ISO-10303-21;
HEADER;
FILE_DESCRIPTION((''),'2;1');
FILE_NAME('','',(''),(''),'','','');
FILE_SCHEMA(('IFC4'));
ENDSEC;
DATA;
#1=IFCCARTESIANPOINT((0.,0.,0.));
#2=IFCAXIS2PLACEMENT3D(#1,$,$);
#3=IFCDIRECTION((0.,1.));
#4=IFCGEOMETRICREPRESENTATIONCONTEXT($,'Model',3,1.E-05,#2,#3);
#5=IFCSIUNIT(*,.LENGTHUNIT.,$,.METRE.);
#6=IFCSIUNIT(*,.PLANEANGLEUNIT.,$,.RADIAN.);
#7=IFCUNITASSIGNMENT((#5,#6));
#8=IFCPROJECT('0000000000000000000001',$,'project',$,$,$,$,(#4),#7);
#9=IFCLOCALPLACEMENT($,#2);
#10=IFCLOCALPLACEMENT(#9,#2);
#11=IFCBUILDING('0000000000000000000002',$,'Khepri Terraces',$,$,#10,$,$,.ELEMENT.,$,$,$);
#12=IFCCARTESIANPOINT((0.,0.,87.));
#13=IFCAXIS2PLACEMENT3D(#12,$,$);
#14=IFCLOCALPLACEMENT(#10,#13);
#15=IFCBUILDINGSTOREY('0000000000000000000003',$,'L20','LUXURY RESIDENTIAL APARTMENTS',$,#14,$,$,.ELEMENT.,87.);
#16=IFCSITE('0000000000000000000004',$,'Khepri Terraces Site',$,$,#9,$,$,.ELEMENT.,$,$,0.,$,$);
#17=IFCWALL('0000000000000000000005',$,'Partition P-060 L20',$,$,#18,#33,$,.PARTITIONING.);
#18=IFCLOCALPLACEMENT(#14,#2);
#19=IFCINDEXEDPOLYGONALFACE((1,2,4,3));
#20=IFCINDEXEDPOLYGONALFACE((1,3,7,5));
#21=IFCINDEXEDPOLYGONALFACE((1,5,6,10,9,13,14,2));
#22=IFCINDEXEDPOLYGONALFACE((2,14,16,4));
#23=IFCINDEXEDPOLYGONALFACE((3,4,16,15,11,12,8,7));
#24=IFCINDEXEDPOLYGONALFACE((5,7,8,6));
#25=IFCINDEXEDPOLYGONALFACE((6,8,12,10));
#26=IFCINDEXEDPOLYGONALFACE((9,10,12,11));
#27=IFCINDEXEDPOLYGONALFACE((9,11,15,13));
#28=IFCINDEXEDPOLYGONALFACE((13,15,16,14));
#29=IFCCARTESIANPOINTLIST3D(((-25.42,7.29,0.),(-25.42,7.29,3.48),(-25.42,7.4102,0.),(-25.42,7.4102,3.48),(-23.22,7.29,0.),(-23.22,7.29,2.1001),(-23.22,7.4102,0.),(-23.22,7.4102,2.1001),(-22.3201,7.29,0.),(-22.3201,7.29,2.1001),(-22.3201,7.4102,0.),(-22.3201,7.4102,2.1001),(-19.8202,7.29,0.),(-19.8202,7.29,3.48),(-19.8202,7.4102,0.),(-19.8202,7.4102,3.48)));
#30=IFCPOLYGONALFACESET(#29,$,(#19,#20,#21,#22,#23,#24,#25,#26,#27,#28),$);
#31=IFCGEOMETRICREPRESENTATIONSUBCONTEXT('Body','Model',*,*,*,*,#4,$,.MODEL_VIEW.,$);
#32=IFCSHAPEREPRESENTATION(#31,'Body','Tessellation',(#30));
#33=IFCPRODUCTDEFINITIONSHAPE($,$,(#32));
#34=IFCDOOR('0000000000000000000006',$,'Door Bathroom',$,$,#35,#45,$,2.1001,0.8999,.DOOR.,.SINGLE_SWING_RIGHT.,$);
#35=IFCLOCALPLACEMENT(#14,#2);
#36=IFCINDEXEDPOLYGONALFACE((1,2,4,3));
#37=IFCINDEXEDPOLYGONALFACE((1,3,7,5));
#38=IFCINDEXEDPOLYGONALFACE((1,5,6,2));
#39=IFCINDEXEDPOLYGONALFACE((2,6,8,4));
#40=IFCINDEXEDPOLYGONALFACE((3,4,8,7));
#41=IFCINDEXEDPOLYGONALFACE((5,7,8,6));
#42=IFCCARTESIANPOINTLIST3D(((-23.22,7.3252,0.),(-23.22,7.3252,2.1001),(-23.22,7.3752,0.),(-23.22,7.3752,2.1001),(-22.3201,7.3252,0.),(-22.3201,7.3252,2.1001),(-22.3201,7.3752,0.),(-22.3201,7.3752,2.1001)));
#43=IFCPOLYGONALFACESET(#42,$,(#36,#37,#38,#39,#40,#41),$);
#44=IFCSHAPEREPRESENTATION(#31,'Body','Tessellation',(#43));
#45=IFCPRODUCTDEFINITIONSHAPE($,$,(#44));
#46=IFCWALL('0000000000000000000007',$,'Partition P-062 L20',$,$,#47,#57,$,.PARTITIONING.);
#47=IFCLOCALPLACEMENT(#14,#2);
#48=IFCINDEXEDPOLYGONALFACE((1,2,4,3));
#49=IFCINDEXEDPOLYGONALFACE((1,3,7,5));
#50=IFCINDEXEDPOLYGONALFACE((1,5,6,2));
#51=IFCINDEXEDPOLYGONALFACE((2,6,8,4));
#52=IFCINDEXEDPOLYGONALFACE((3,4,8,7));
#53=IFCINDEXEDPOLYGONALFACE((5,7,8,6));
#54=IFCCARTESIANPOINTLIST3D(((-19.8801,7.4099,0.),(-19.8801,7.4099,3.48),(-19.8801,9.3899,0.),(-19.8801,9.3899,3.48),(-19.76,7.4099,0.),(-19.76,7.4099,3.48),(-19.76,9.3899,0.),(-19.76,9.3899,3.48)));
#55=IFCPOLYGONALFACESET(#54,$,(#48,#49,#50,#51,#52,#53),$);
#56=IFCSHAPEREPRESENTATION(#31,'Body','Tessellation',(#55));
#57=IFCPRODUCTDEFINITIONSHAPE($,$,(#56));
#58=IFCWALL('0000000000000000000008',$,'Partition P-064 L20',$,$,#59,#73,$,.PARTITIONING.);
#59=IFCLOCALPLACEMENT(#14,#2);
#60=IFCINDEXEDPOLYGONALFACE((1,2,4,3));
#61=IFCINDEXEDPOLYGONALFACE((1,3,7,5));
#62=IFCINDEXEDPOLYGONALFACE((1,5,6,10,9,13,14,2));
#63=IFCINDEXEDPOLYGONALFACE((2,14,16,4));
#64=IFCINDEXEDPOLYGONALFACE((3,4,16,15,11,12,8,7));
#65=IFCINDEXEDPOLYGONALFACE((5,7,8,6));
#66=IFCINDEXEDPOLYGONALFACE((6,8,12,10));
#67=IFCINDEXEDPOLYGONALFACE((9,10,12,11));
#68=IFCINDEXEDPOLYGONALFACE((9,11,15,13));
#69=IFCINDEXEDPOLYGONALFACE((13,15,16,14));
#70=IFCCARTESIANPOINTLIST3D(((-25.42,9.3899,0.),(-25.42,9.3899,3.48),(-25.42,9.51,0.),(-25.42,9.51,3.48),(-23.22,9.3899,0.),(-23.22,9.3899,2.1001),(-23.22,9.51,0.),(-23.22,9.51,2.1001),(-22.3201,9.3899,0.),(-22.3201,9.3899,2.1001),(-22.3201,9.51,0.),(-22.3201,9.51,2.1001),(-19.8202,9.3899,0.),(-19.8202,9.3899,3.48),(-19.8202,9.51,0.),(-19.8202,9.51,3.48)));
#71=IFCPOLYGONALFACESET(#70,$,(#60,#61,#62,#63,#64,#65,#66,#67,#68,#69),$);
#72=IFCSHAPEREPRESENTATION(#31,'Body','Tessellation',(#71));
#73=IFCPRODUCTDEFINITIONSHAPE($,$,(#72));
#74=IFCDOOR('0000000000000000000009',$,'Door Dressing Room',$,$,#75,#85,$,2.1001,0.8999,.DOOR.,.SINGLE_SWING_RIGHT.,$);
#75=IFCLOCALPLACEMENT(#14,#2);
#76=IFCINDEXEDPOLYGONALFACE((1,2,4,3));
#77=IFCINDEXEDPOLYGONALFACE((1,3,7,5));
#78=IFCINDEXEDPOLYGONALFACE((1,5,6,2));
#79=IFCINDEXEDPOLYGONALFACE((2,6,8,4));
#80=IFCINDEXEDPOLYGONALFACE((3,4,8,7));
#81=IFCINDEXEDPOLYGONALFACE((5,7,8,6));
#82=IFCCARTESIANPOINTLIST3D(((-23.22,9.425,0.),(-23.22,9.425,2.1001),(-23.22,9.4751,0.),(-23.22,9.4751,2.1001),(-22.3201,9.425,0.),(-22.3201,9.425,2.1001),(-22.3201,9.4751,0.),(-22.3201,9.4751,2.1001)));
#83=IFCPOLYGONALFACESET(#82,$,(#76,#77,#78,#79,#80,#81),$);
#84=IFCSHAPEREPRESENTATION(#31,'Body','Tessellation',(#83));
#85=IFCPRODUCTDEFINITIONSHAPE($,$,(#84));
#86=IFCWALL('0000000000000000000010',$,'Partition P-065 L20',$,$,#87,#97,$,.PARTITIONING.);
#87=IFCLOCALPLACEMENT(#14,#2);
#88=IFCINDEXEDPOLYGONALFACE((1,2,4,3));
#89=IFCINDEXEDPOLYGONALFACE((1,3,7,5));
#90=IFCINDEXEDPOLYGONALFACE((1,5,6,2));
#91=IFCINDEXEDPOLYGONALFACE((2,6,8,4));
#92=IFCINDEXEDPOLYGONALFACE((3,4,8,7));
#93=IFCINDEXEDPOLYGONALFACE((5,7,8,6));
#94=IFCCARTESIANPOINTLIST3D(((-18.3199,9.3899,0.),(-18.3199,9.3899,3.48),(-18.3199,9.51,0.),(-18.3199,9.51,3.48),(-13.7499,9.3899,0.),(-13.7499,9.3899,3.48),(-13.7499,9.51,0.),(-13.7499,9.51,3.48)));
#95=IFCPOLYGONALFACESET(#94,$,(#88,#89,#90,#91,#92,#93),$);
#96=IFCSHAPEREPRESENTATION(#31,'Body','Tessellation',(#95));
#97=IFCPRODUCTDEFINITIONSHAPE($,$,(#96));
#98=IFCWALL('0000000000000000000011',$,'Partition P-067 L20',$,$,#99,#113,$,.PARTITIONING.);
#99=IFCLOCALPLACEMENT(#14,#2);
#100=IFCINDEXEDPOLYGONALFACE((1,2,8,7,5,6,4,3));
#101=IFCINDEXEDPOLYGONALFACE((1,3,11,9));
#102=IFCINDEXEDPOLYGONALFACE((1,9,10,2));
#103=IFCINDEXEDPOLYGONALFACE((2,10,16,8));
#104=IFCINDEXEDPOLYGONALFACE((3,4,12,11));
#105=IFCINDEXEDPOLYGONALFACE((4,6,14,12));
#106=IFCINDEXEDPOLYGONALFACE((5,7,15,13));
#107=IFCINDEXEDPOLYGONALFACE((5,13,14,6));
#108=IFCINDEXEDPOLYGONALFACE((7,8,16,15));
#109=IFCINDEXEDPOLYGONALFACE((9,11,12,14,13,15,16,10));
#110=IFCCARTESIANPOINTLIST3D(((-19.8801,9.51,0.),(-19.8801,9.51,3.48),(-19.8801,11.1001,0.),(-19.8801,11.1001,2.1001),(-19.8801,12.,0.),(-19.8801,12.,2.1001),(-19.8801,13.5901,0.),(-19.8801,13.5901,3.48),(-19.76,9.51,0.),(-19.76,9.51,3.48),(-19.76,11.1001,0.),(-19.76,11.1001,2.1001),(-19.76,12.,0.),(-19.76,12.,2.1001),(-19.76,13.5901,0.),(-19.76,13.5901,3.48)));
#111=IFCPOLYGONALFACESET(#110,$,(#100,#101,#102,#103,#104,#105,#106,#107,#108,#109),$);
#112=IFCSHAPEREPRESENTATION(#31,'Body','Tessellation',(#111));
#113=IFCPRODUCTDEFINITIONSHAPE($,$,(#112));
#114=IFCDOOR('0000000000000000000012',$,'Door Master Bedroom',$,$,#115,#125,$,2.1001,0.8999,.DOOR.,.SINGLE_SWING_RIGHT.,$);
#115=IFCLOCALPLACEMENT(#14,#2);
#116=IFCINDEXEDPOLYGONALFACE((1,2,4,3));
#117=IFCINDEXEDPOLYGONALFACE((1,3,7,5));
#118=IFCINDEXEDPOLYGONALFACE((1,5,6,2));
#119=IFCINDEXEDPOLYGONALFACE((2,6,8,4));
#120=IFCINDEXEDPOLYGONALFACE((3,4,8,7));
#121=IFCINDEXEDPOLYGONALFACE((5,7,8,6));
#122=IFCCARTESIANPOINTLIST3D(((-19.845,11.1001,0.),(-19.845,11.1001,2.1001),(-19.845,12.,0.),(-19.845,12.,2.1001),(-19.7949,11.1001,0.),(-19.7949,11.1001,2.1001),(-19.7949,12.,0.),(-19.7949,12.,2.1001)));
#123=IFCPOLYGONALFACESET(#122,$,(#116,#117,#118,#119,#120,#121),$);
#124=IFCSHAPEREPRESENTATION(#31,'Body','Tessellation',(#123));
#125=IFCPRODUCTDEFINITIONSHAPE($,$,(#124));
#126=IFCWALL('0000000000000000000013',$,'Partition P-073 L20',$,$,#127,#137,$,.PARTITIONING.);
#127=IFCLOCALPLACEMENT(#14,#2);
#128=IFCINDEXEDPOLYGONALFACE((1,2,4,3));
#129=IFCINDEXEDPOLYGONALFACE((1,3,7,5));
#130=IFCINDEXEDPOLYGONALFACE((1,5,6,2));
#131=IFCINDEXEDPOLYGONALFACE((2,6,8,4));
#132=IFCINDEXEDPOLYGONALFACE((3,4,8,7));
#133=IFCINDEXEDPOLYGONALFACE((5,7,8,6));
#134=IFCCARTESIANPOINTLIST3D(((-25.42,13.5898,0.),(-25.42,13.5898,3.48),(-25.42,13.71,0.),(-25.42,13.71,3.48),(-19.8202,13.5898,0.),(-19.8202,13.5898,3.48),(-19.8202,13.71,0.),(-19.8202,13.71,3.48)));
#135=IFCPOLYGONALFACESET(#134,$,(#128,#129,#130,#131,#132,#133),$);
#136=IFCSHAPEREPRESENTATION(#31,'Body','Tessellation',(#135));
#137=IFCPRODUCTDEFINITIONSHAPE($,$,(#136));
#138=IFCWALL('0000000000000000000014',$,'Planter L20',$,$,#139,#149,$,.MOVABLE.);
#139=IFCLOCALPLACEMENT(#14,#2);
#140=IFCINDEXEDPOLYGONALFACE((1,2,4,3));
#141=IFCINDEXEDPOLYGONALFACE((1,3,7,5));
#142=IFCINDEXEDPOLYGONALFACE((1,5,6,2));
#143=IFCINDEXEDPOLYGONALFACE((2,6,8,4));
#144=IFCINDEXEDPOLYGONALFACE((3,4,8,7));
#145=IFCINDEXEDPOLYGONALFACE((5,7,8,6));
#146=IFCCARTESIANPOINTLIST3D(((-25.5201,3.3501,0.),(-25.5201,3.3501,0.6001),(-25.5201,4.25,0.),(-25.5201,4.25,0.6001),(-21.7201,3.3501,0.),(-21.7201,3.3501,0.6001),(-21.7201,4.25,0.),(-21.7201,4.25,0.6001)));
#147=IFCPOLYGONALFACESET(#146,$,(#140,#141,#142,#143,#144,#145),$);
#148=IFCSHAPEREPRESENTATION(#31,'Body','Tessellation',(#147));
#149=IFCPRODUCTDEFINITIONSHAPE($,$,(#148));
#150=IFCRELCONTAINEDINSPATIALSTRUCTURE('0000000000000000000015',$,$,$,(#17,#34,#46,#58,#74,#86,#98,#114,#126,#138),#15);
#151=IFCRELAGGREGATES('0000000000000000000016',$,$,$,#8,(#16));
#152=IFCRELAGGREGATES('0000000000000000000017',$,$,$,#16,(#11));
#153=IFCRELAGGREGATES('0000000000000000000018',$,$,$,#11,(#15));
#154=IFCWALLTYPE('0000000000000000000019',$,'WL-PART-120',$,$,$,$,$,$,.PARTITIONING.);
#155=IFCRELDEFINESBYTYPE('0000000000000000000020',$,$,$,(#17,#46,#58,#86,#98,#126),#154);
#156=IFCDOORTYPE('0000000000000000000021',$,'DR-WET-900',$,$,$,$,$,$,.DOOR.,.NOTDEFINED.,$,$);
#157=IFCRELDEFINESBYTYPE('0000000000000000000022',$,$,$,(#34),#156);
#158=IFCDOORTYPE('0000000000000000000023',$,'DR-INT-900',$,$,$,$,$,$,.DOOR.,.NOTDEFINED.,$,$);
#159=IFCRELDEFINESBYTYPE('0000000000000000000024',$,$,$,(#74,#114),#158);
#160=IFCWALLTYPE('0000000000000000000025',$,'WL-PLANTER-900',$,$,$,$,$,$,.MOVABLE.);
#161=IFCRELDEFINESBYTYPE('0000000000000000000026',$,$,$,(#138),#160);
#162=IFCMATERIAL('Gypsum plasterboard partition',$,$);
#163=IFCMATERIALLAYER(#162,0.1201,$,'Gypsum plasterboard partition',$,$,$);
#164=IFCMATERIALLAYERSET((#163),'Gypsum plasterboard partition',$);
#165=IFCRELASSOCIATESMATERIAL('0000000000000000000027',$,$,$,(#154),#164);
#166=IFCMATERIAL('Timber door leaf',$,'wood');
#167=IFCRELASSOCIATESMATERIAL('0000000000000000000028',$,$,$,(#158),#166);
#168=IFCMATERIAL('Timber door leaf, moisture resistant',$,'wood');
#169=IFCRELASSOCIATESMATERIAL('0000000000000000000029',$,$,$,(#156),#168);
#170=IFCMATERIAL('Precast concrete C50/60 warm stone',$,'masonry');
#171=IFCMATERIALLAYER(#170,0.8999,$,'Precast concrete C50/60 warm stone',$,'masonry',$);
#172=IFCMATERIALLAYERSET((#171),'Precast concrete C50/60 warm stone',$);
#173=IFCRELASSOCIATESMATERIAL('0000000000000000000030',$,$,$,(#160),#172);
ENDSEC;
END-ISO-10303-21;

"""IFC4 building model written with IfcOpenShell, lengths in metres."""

from ifc_helpers import new_model, si_unit, direction, frame, frame_2d, origin, place, context, subcontext, project, spatial, rectangle, extrude, material, layer, layer_set, type_object, element, fill, save


model = new_model("IFC4")

# Units and contexts
model_context = context("Model", 3, precision=1e-05, world=origin(), true_north=direction((0.0, 1.0)))
body_context = subcontext(model_context, "Body", "Model", "MODEL_VIEW")
ifc_project = project(units=[si_unit("LENGTHUNIT", "METRE"), si_unit("PLANEANGLEUNIT", "RADIAN")], contexts=[model_context])

# Site, building, storey
site_placement = place(None, origin())
site = spatial("IfcSite", under=ifc_project, at=site_placement, Name="Khepri Terraces Site", CompositionType="ELEMENT", RefElevation=0.0)
building_placement = place(site_placement, origin())
building = spatial("IfcBuilding", under=site, at=building_placement, Name="Khepri Terraces", CompositionType="ELEMENT")
storey_placement = place(building_placement, frame((0.0, 0.0, 87.0)))
storey = spatial("IfcBuildingStorey", under=building, at=storey_placement, Name="L20", Description="LUXURY RESIDENTIAL APARTMENTS", CompositionType="ELEMENT", Elevation=87.0)

# Shared definitions
ifc_material_1 = material(Name="Precast concrete C50/60 warm stone", Category="masonry")

# Shared definitions
ifc_material_2 = material(Name="Gypsum plasterboard partition")
ifc_layer_1 = layer(ifc_material_2, 0.1201, Name="Gypsum plasterboard partition")
ifc_layer_set_1 = layer_set([ifc_layer_1], Name="Gypsum plasterboard partition")
wall_type_1 = type_object("IfcWallType", Name="WL-PART-120", PredefinedType="PARTITIONING", material=ifc_layer_set_1)

# Shared definitions
ifc_material_3 = material(Name="Timber door leaf", Category="wood")
door_type_1 = type_object("IfcDoorType", Name="DR-INT-900", OperationType="NOTDEFINED", PredefinedType="DOOR", material=ifc_material_3)

# Wall, opening, door
wall_1_placement = place(storey_placement, frame((-25.4199, 7.3501, 0.0), z_axis=(0.0, 0.0, 1.0), x_axis=(1.0, 0.0, 0.0)))
wall_1 = element("IfcWall", 1, at=wall_1_placement, inside=storey, type_object=wall_type_1, Name="Partition P-060 L20", PredefinedType="PARTITIONING", context=body_context, shape_type="SweptSolid", body=[
    extrude(rectangle(XDim=5.5999, YDim=0.1201, at=frame_2d((2.7998, 0.0))), origin(), (0.0, 0.0, 1.0), 3.48),
])
opening_1_placement = place(wall_1_placement, frame((2.2, 0.0, 0.0)))
opening_1 = element("IfcOpeningElement", 2, at=opening_1_placement, cuts=wall_1, PredefinedType="OPENING", context=body_context, shape_type="SweptSolid", body=[
    extrude(rectangle(XDim=0.8999, YDim=2.1001, at=frame_2d((0.45, 1.05))), frame((0.0, 0.0701, 0.0), z_axis=(0.0, -1.0, 0.0), x_axis=(1.0, 0.0, 0.0)), (0.0, 0.0, 1.0), 0.1401),
])
ifc_material_4 = material(Name="Timber door leaf, moisture resistant", Category="wood")
door_type_2 = type_object("IfcDoorType", Name="DR-WET-900", OperationType="NOTDEFINED", PredefinedType="DOOR", material=ifc_material_4)
door_1_placement = place(opening_1_placement, frame((0.8999, 0.0, 0.0), z_axis=(0.0, 0.0, 1.0), x_axis=(-1.0, 0.0, 0.0)))
door_1 = element("IfcDoor", 3, at=door_1_placement, inside=storey, type_object=door_type_2, Name="Door Bathroom", OperationType="SINGLE_SWING_RIGHT", OverallHeight=2.1001, OverallWidth=0.8999, PredefinedType="DOOR", context=body_context, shape_type="SweptSolid", body=[
    extrude(rectangle(XDim=0.8999, YDim=2.1001, at=frame_2d((0.45, 1.05))), frame((0.0, 0.0249, 0.0), z_axis=(0.0, -1.0, 0.0), x_axis=(1.0, 0.0, 0.0)), (0.0, 0.0, 1.0), 0.05),
])
fill(opening_1, door_1)

# Wall
wall_2_placement = place(storey_placement, frame((-19.8201, 7.4099, 0.0), z_axis=(0.0, 0.0, 1.0), x_axis=(0.0, 1.0, 0.0)))
element("IfcWall", 4, at=wall_2_placement, inside=storey, type_object=wall_type_1, Name="Partition P-062 L20", PredefinedType="PARTITIONING", context=body_context, shape_type="SweptSolid", body=[
    extrude(rectangle(XDim=1.98, YDim=0.1201, at=frame_2d((0.99, 0.0))), origin(), (0.0, 0.0, 1.0), 3.48),
])

# Wall, opening, door
wall_3_placement = place(storey_placement, frame((-25.4199, 9.45, 0.0), z_axis=(0.0, 0.0, 1.0), x_axis=(1.0, 0.0, 0.0)))
wall_3 = element("IfcWall", 5, at=wall_3_placement, inside=storey, type_object=wall_type_1, Name="Partition P-064 L20", PredefinedType="PARTITIONING", context=body_context, shape_type="SweptSolid", body=[
    extrude(rectangle(XDim=5.5999, YDim=0.1201, at=frame_2d((2.7998, 0.0))), origin(), (0.0, 0.0, 1.0), 3.48),
])
opening_2_placement = place(wall_3_placement, frame((2.2, 0.0, 0.0)))
opening_2 = element("IfcOpeningElement", 6, at=opening_2_placement, cuts=wall_3, PredefinedType="OPENING", context=body_context, shape_type="SweptSolid", body=[
    extrude(rectangle(XDim=0.8999, YDim=2.1001, at=frame_2d((0.45, 1.05))), frame((0.0, 0.0701, 0.0), z_axis=(0.0, -1.0, 0.0), x_axis=(1.0, 0.0, 0.0)), (0.0, 0.0, 1.0), 0.1401),
])
door_2_placement = place(opening_2_placement, frame((0.8999, 0.0, 0.0), z_axis=(0.0, 0.0, 1.0), x_axis=(-1.0, 0.0, 0.0)))
door_2 = element("IfcDoor", 7, at=door_2_placement, inside=storey, type_object=door_type_1, Name="Door Dressing Room", OperationType="SINGLE_SWING_RIGHT", OverallHeight=2.1001, OverallWidth=0.8999, PredefinedType="DOOR", context=body_context, shape_type="SweptSolid", body=[
    extrude(rectangle(XDim=0.8999, YDim=2.1001, at=frame_2d((0.45, 1.05))), frame((0.0, 0.0249, 0.0), z_axis=(0.0, -1.0, 0.0), x_axis=(1.0, 0.0, 0.0)), (0.0, 0.0, 1.0), 0.05),
])
fill(opening_2, door_2)

# Wall
wall_4_placement = place(storey_placement, frame((-18.3201, 9.45, 0.0), z_axis=(0.0, 0.0, 1.0), x_axis=(1.0, 0.0, 0.0)))
element("IfcWall", 8, at=wall_4_placement, inside=storey, type_object=wall_type_1, Name="Partition P-065 L20", PredefinedType="PARTITIONING", context=body_context, shape_type="SweptSolid", body=[
    extrude(rectangle(XDim=4.5701, YDim=0.1201, at=frame_2d((2.2852, 0.0))), origin(), (0.0, 0.0, 1.0), 3.48),
])

# Wall, opening, door
wall_5_placement = place(storey_placement, frame((-19.8201, 9.51, 0.0), z_axis=(0.0, 0.0, 1.0), x_axis=(0.0, 1.0, 0.0)))
wall_5 = element("IfcWall", 9, at=wall_5_placement, inside=storey, type_object=wall_type_1, Name="Partition P-067 L20", PredefinedType="PARTITIONING", context=body_context, shape_type="SweptSolid", body=[
    extrude(rectangle(XDim=4.0801, YDim=0.1201, at=frame_2d((2.04, 0.0))), origin(), (0.0, 0.0, 1.0), 3.48),
])
opening_3_placement = place(wall_5_placement, frame((1.5901, 0.0, 0.0)))
opening_3 = element("IfcOpeningElement", 10, at=opening_3_placement, cuts=wall_5, PredefinedType="OPENING", context=body_context, shape_type="SweptSolid", body=[
    extrude(rectangle(XDim=0.8999, YDim=2.1001, at=frame_2d((0.45, 1.05))), frame((0.0, 0.0701, 0.0), z_axis=(0.0, -1.0, 0.0), x_axis=(1.0, 0.0, 0.0)), (0.0, 0.0, 1.0), 0.1401),
])
door_3_placement = place(opening_3_placement, origin())
door_3 = element("IfcDoor", 11, at=door_3_placement, inside=storey, type_object=door_type_1, Name="Door Master Bedroom", OperationType="SINGLE_SWING_RIGHT", OverallHeight=2.1001, OverallWidth=0.8999, PredefinedType="DOOR", context=body_context, shape_type="SweptSolid", body=[
    extrude(rectangle(XDim=0.8999, YDim=2.1001, at=frame_2d((0.45, 1.05))), frame((0.0, 0.0249, 0.0), z_axis=(0.0, -1.0, 0.0), x_axis=(1.0, 0.0, 0.0)), (0.0, 0.0, 1.0), 0.05),
])
fill(opening_3, door_3)

# Walls
wall_6_placement = place(storey_placement, frame((-25.4199, 13.6499, 0.0), z_axis=(0.0, 0.0, 1.0), x_axis=(1.0, 0.0, 0.0)))
element("IfcWall", 12, at=wall_6_placement, inside=storey, type_object=wall_type_1, Name="Partition P-073 L20", PredefinedType="PARTITIONING", context=body_context, shape_type="SweptSolid", body=[
    extrude(rectangle(XDim=5.5999, YDim=0.1201, at=frame_2d((2.7998, 0.0))), origin(), (0.0, 0.0, 1.0), 3.48),
])
ifc_layer_2 = layer(ifc_material_1, 0.8999, Name="Precast concrete C50/60 warm stone", Category="masonry")
ifc_layer_set_2 = layer_set([ifc_layer_2], Name="Precast concrete C50/60 warm stone")
wall_type_2 = type_object("IfcWallType", Name="WL-PLANTER-900", PredefinedType="MOVABLE", material=ifc_layer_set_2)
wall_7_placement = place(storey_placement, frame((-25.52, 3.8, 0.0), z_axis=(0.0, 0.0, 1.0), x_axis=(1.0, 0.0, 0.0)))
element("IfcWall", 13, at=wall_7_placement, inside=storey, type_object=wall_type_2, Name="Planter L20", PredefinedType="MOVABLE", context=body_context, shape_type="SweptSolid", body=[
    extrude(rectangle(XDim=3.8, YDim=0.8999, at=frame_2d((1.8999, 0.0))), origin(), (0.0, 0.0, 1.0), 0.6001),
])

save(model, "model.ifc")
